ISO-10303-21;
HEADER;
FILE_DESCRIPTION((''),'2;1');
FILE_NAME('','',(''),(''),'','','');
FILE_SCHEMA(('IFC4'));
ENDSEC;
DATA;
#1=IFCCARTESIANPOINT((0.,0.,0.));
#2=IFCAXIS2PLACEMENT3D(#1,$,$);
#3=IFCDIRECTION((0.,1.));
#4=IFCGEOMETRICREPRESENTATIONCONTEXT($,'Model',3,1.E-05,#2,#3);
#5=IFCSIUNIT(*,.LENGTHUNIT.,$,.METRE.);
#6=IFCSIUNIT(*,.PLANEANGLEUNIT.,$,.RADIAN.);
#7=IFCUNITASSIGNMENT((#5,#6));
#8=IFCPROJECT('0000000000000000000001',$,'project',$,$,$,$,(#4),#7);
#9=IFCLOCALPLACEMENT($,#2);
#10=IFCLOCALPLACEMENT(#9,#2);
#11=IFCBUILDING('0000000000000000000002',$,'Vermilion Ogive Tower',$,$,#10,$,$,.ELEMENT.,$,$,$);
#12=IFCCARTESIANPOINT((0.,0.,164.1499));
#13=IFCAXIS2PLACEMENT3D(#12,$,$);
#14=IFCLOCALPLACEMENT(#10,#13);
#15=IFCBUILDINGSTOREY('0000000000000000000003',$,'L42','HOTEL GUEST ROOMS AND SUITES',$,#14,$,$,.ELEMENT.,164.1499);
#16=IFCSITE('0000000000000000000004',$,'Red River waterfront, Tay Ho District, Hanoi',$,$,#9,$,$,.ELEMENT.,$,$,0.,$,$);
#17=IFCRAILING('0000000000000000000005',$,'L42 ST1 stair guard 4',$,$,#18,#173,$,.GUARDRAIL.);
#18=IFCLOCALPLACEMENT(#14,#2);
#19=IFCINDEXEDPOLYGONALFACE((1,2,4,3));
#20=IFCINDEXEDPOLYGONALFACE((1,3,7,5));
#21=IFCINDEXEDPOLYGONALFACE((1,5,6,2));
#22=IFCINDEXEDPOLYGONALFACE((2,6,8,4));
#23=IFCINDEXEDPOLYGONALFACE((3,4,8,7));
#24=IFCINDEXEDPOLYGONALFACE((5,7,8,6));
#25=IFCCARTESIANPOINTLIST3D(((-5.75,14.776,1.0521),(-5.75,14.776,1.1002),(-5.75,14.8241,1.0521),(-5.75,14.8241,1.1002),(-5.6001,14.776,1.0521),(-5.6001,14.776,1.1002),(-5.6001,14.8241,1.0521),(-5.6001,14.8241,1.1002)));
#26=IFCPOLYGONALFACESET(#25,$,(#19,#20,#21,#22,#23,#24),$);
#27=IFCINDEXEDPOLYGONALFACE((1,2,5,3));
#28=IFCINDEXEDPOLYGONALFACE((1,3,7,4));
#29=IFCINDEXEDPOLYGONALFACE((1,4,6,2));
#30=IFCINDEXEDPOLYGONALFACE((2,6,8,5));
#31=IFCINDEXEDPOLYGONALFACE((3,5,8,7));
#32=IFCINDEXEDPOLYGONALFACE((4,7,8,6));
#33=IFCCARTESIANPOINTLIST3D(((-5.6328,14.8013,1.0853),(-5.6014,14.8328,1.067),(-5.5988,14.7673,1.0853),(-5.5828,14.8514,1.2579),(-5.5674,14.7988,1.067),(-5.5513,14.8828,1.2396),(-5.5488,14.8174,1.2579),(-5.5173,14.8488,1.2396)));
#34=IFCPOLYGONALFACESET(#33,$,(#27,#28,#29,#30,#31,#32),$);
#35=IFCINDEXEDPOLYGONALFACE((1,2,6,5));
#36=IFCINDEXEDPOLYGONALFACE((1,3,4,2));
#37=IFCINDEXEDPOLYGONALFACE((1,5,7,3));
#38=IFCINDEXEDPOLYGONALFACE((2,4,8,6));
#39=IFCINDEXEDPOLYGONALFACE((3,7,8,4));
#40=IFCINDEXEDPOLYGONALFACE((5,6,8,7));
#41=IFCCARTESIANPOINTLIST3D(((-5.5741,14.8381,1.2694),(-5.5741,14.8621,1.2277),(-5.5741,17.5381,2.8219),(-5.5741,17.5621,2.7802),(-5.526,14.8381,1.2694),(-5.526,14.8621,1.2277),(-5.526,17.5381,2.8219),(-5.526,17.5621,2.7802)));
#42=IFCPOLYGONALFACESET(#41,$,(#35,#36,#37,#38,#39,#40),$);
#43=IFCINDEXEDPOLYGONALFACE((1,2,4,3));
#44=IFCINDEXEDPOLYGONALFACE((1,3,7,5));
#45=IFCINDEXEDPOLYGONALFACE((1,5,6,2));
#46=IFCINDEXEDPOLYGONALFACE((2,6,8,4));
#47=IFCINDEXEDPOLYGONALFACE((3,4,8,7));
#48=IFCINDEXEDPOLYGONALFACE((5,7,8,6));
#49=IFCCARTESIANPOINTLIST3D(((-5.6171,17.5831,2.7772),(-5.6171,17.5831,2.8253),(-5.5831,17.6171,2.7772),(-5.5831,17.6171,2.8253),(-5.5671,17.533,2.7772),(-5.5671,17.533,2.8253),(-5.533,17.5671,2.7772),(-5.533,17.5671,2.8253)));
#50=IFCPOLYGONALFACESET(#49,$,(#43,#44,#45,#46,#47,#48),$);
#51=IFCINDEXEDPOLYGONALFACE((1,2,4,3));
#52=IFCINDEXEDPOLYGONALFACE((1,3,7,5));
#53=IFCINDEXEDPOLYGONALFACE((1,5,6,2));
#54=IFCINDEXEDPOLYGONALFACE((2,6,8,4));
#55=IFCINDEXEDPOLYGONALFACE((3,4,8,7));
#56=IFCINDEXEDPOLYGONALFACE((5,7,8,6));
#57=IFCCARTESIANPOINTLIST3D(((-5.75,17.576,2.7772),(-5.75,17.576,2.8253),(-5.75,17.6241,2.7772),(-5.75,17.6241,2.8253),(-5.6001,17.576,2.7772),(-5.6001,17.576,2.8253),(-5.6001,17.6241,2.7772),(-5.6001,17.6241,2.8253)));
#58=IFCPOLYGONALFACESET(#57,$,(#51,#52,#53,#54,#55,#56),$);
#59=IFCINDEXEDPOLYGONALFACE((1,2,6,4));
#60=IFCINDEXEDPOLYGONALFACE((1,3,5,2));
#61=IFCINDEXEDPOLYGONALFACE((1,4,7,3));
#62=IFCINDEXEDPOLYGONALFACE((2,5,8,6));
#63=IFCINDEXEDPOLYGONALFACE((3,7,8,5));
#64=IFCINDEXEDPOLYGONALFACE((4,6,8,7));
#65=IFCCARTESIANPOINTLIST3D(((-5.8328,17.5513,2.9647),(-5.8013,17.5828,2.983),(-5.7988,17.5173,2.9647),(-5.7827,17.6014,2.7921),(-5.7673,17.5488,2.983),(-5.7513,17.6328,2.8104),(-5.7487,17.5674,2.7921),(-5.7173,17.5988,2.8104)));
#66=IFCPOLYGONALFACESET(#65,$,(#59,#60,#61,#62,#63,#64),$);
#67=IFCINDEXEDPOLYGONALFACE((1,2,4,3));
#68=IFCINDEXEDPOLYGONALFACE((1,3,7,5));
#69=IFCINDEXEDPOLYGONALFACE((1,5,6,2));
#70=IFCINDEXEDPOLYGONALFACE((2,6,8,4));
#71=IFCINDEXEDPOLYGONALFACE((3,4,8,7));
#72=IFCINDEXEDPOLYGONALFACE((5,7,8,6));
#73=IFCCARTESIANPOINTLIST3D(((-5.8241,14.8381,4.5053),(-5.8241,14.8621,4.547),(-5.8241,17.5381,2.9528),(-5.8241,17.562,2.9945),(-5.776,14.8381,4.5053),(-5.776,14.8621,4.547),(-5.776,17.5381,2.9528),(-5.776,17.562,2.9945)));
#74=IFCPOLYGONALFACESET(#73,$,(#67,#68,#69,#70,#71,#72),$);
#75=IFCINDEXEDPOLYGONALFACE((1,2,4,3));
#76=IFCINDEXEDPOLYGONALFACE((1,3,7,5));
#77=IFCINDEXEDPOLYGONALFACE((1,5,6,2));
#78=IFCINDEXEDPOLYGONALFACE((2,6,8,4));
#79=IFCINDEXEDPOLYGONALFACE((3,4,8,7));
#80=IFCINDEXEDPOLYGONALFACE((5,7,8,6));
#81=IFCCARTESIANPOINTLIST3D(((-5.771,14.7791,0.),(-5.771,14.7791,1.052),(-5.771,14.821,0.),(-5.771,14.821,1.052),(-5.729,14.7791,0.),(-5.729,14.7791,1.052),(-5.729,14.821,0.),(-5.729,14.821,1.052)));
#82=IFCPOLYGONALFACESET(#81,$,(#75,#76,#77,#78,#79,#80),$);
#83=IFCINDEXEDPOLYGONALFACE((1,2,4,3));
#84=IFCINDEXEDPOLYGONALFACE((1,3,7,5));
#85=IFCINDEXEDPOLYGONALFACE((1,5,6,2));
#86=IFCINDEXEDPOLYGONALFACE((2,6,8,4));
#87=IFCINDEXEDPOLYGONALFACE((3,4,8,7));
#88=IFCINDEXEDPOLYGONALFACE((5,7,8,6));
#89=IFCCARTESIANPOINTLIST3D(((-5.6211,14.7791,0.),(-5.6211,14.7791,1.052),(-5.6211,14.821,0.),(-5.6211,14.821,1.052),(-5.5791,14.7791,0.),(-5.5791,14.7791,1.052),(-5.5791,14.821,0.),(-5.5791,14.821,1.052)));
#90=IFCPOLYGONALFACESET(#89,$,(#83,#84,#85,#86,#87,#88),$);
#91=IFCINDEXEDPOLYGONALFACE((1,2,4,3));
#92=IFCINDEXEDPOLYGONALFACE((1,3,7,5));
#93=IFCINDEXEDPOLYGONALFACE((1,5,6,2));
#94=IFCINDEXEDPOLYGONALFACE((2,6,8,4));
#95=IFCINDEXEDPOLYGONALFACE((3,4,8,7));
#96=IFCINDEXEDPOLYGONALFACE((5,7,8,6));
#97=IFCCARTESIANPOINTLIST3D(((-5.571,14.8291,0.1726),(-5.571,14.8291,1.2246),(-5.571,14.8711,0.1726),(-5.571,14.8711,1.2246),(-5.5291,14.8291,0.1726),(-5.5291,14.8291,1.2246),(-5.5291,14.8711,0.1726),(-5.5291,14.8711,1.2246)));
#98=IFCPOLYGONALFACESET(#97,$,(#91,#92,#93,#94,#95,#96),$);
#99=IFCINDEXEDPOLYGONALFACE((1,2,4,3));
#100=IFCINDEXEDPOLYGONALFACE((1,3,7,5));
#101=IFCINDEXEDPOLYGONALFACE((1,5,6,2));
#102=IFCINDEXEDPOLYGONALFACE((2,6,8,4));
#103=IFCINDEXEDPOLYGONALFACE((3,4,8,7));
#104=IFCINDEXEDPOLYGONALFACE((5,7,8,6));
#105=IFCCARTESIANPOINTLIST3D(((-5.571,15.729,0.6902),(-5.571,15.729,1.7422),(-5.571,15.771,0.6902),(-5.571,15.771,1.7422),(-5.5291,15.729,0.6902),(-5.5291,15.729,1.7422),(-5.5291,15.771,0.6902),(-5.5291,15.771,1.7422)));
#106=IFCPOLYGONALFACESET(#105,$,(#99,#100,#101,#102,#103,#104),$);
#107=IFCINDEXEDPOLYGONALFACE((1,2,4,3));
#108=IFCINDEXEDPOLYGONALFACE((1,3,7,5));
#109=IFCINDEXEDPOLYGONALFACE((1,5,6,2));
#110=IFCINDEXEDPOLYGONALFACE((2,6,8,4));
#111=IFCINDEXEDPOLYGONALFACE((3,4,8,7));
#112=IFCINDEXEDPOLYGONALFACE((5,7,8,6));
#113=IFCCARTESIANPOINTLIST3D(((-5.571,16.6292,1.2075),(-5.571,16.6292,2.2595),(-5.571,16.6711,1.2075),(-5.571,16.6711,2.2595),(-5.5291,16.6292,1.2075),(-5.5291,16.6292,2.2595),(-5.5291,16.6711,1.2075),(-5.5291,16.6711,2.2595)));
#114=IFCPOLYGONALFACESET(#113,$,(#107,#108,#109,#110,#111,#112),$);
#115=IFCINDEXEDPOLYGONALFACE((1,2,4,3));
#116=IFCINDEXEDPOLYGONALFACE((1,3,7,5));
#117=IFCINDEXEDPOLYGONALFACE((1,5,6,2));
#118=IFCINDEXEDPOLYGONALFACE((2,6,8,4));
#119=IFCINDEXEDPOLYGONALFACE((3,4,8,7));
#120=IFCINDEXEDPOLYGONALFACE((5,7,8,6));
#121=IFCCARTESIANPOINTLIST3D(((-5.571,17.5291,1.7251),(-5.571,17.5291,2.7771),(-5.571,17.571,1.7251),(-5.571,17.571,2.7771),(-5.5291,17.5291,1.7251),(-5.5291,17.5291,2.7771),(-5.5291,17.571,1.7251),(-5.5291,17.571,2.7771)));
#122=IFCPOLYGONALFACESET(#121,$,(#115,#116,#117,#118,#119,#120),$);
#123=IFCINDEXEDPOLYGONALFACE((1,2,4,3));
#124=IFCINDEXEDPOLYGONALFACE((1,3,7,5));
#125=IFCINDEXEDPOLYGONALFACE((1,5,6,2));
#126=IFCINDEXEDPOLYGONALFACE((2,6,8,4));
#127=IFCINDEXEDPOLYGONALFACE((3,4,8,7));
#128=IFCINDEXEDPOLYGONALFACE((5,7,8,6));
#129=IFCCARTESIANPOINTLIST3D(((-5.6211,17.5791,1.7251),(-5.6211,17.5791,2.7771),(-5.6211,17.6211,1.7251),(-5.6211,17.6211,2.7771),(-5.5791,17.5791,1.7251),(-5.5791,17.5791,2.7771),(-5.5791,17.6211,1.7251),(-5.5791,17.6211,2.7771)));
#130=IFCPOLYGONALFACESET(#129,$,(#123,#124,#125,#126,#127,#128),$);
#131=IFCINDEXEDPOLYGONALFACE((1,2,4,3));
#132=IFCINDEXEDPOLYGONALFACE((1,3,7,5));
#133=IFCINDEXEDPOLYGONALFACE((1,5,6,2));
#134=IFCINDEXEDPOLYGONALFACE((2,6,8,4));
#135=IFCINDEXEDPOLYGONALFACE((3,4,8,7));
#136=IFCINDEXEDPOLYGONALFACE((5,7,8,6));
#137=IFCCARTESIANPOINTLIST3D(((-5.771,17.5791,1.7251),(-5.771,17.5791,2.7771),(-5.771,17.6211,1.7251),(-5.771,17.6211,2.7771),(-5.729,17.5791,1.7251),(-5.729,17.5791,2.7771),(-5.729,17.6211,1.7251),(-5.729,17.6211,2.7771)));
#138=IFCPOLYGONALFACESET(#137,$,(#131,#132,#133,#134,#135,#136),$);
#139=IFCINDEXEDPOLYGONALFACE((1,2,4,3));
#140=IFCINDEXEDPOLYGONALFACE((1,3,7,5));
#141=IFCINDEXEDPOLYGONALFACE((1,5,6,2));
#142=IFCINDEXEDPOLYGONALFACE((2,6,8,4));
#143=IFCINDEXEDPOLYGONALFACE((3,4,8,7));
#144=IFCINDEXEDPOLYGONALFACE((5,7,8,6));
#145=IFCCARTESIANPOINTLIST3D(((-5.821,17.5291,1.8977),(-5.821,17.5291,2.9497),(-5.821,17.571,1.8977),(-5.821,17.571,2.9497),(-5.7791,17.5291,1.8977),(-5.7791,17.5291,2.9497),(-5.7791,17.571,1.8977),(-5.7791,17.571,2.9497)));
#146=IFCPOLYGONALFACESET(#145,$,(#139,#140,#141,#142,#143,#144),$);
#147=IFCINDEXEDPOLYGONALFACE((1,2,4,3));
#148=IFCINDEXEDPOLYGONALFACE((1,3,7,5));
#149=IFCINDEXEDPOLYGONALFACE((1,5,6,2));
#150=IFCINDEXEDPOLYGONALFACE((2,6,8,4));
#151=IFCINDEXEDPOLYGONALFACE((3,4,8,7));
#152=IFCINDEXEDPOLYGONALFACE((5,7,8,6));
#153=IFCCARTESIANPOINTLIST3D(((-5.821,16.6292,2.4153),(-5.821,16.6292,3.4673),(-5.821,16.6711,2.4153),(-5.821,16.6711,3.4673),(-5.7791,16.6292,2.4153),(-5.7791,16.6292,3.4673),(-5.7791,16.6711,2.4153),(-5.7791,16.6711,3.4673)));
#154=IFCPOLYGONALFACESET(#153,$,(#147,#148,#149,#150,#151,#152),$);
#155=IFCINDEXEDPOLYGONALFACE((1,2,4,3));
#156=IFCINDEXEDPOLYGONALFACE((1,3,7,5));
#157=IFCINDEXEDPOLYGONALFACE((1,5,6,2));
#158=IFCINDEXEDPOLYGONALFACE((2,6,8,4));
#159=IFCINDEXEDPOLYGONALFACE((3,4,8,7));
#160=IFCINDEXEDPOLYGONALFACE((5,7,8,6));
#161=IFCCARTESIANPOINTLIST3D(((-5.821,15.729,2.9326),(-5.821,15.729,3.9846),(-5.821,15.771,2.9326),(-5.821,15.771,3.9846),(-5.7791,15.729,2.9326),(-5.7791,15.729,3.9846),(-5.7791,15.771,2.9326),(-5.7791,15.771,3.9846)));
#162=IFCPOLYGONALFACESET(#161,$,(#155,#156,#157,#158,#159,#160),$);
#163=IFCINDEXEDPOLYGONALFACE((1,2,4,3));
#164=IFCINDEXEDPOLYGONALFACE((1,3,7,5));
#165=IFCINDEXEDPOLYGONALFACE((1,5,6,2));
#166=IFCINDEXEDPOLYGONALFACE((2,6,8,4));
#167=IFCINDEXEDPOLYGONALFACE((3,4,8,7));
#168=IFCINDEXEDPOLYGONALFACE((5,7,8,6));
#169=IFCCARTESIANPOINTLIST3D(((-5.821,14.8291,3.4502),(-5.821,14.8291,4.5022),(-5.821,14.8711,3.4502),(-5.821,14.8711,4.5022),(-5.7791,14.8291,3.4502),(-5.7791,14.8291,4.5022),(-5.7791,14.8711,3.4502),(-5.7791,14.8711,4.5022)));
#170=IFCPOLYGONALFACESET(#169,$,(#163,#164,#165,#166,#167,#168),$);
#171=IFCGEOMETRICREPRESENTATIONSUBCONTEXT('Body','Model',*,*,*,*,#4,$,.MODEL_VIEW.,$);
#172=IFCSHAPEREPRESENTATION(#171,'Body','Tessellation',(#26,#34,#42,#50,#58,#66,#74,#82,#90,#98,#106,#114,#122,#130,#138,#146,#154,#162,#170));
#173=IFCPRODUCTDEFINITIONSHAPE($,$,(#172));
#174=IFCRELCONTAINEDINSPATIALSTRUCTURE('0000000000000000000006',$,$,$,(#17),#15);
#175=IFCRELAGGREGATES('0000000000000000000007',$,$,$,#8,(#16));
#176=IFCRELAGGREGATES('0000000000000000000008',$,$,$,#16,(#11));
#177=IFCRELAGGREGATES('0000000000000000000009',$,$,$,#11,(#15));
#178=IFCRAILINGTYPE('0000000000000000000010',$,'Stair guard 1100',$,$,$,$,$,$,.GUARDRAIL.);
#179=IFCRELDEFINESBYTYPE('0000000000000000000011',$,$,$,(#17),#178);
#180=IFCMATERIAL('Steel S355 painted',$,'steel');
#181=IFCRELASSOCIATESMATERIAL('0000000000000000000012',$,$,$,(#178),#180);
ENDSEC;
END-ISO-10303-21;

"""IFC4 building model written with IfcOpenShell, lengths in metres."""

from ifc_helpers import new_model, si_unit, direction, frame, origin, origin_2d, place, context, subcontext, project, spatial, rectangle, extrude, material, type_object, element, save


model = new_model("IFC4")

# Units and contexts
model_context = context("Model", 3, precision=1e-05, world=origin(), true_north=direction((0.0, 1.0)))
body_context = subcontext(model_context, "Body", "Model", "MODEL_VIEW")
ifc_project = project(units=[si_unit("LENGTHUNIT", "METRE"), si_unit("PLANEANGLEUNIT", "RADIAN")], contexts=[model_context])

# Site, building, storey
site_placement = place(None, origin())
site = spatial("IfcSite", under=ifc_project, at=site_placement, Name="Red River waterfront, Tay Ho District, Hanoi", CompositionType="ELEMENT", RefElevation=0.0)
building_placement = place(site_placement, origin())
building = spatial("IfcBuilding", under=site, at=building_placement, Name="Vermilion Ogive Tower", CompositionType="ELEMENT")
storey_placement = place(building_placement, frame((0.0, 0.0, 164.1499)))
storey = spatial("IfcBuildingStorey", under=building, at=storey_placement, Name="L42", Description="HOTEL GUEST ROOMS AND SUITES", CompositionType="ELEMENT", Elevation=164.1499)

# Railing
ifc_material_1 = material(Name="Steel S355 painted", Category="steel")
railing_type = type_object("IfcRailingType", Name="Stair guard 1100", PredefinedType="GUARDRAIL", material=ifc_material_1)
railing_placement = place(storey_placement, frame((-5.75, 14.8, 0.0)))
element("IfcRailing", 1, at=railing_placement, inside=storey, type_object=railing_type, Name="L42 ST1 stair guard 4", PredefinedType="GUARDRAIL", context=body_context, shape_type="SweptSolid", body=[
    extrude(rectangle(XDim=0.0481, YDim=0.0481, at=origin_2d()), frame((0.0, 0.0, 1.0762), z_axis=(1.0, 0.0, 0.0), x_axis=(0.0, 1.0, 0.0)), (0.0, 0.0, 1.0), 0.1499),
    extrude(rectangle(XDim=0.0481, YDim=0.0481, at=origin_2d()), frame((0.1499, 0.0, 1.0762), z_axis=(0.268278, 0.268278, 0.925232), x_axis=(-0.707107, 0.707107, 0.0)), (0.0, 0.0, 1.0), 0.1865),
    extrude(rectangle(XDim=0.0481, YDim=0.0481, at=origin_2d()), frame((0.2, 0.05, 1.2485), z_axis=(0.0, 0.866904, 0.498476), x_axis=(-1.0, 0.0, 0.0)), (0.0, 0.0, 1.0), 3.1145),
    extrude(rectangle(XDim=0.0481, YDim=0.0481, at=origin_2d()), frame((0.2, 2.75, 2.8013), z_axis=(-0.707107, 0.707107, 0.0), x_axis=(-0.707107, -0.707107, 0.0)), (0.0, 0.0, 1.0), 0.0708),
    extrude(rectangle(XDim=0.0481, YDim=0.0481, at=origin_2d()), frame((0.1499, 2.8, 2.8013), z_axis=(-1.0, 0.0, 0.0), x_axis=(0.0, -1.0, 0.0)), (0.0, 0.0, 1.0), 0.1499),
    extrude(rectangle(XDim=0.0481, YDim=0.0481, at=origin_2d()), frame((0.0, 2.8, 2.8013), z_axis=(-0.268278, -0.268278, 0.925232), x_axis=(0.707107, -0.707107, 0.0)), (0.0, 0.0, 1.0), 0.1865),
    extrude(rectangle(XDim=0.0481, YDim=0.0481, at=origin_2d()), frame((-0.05, 2.75, 2.9736), z_axis=(0.0, -0.866904, 0.498476), x_axis=(1.0, 0.0, 0.0)), (0.0, 0.0, 1.0), 3.1145),
    extrude(rectangle(XDim=0.042, YDim=0.042, at=origin_2d()), origin(), (0.0, 0.0, 1.0), 1.052),
    extrude(rectangle(XDim=0.042, YDim=0.042, at=origin_2d()), frame((0.1499, 0.0, 0.0)), (0.0, 0.0, 1.0), 1.052),
    extrude(rectangle(XDim=0.042, YDim=0.042, at=origin_2d()), frame((0.2, 0.05, 0.1726)), (0.0, 0.0, 1.0), 1.052),
    extrude(rectangle(XDim=0.042, YDim=0.042, at=origin_2d()), frame((0.2, 0.95, 0.6902)), (0.0, 0.0, 1.0), 1.052),
    extrude(rectangle(XDim=0.042, YDim=0.042, at=origin_2d()), frame((0.2, 1.8501, 1.2075)), (0.0, 0.0, 1.0), 1.052),
    extrude(rectangle(XDim=0.042, YDim=0.042, at=origin_2d()), frame((0.2, 2.75, 1.7251)), (0.0, 0.0, 1.0), 1.052),
    extrude(rectangle(XDim=0.042, YDim=0.042, at=origin_2d()), frame((0.1499, 2.8, 1.7251)), (0.0, 0.0, 1.0), 1.052),
    extrude(rectangle(XDim=0.042, YDim=0.042, at=origin_2d()), frame((0.0, 2.8, 1.7251)), (0.0, 0.0, 1.0), 1.052),
    extrude(rectangle(XDim=0.042, YDim=0.042, at=origin_2d()), frame((-0.05, 2.75, 1.8977)), (0.0, 0.0, 1.0), 1.052),
    extrude(rectangle(XDim=0.042, YDim=0.042, at=origin_2d()), frame((-0.05, 1.8501, 2.4153)), (0.0, 0.0, 1.0), 1.052),
    extrude(rectangle(XDim=0.042, YDim=0.042, at=origin_2d()), frame((-0.05, 0.95, 2.9326)), (0.0, 0.0, 1.0), 1.052),
    extrude(rectangle(XDim=0.042, YDim=0.042, at=origin_2d()), frame((-0.05, 0.05, 3.4502)), (0.0, 0.0, 1.0), 1.052),
])

save(model, "model.ifc")
